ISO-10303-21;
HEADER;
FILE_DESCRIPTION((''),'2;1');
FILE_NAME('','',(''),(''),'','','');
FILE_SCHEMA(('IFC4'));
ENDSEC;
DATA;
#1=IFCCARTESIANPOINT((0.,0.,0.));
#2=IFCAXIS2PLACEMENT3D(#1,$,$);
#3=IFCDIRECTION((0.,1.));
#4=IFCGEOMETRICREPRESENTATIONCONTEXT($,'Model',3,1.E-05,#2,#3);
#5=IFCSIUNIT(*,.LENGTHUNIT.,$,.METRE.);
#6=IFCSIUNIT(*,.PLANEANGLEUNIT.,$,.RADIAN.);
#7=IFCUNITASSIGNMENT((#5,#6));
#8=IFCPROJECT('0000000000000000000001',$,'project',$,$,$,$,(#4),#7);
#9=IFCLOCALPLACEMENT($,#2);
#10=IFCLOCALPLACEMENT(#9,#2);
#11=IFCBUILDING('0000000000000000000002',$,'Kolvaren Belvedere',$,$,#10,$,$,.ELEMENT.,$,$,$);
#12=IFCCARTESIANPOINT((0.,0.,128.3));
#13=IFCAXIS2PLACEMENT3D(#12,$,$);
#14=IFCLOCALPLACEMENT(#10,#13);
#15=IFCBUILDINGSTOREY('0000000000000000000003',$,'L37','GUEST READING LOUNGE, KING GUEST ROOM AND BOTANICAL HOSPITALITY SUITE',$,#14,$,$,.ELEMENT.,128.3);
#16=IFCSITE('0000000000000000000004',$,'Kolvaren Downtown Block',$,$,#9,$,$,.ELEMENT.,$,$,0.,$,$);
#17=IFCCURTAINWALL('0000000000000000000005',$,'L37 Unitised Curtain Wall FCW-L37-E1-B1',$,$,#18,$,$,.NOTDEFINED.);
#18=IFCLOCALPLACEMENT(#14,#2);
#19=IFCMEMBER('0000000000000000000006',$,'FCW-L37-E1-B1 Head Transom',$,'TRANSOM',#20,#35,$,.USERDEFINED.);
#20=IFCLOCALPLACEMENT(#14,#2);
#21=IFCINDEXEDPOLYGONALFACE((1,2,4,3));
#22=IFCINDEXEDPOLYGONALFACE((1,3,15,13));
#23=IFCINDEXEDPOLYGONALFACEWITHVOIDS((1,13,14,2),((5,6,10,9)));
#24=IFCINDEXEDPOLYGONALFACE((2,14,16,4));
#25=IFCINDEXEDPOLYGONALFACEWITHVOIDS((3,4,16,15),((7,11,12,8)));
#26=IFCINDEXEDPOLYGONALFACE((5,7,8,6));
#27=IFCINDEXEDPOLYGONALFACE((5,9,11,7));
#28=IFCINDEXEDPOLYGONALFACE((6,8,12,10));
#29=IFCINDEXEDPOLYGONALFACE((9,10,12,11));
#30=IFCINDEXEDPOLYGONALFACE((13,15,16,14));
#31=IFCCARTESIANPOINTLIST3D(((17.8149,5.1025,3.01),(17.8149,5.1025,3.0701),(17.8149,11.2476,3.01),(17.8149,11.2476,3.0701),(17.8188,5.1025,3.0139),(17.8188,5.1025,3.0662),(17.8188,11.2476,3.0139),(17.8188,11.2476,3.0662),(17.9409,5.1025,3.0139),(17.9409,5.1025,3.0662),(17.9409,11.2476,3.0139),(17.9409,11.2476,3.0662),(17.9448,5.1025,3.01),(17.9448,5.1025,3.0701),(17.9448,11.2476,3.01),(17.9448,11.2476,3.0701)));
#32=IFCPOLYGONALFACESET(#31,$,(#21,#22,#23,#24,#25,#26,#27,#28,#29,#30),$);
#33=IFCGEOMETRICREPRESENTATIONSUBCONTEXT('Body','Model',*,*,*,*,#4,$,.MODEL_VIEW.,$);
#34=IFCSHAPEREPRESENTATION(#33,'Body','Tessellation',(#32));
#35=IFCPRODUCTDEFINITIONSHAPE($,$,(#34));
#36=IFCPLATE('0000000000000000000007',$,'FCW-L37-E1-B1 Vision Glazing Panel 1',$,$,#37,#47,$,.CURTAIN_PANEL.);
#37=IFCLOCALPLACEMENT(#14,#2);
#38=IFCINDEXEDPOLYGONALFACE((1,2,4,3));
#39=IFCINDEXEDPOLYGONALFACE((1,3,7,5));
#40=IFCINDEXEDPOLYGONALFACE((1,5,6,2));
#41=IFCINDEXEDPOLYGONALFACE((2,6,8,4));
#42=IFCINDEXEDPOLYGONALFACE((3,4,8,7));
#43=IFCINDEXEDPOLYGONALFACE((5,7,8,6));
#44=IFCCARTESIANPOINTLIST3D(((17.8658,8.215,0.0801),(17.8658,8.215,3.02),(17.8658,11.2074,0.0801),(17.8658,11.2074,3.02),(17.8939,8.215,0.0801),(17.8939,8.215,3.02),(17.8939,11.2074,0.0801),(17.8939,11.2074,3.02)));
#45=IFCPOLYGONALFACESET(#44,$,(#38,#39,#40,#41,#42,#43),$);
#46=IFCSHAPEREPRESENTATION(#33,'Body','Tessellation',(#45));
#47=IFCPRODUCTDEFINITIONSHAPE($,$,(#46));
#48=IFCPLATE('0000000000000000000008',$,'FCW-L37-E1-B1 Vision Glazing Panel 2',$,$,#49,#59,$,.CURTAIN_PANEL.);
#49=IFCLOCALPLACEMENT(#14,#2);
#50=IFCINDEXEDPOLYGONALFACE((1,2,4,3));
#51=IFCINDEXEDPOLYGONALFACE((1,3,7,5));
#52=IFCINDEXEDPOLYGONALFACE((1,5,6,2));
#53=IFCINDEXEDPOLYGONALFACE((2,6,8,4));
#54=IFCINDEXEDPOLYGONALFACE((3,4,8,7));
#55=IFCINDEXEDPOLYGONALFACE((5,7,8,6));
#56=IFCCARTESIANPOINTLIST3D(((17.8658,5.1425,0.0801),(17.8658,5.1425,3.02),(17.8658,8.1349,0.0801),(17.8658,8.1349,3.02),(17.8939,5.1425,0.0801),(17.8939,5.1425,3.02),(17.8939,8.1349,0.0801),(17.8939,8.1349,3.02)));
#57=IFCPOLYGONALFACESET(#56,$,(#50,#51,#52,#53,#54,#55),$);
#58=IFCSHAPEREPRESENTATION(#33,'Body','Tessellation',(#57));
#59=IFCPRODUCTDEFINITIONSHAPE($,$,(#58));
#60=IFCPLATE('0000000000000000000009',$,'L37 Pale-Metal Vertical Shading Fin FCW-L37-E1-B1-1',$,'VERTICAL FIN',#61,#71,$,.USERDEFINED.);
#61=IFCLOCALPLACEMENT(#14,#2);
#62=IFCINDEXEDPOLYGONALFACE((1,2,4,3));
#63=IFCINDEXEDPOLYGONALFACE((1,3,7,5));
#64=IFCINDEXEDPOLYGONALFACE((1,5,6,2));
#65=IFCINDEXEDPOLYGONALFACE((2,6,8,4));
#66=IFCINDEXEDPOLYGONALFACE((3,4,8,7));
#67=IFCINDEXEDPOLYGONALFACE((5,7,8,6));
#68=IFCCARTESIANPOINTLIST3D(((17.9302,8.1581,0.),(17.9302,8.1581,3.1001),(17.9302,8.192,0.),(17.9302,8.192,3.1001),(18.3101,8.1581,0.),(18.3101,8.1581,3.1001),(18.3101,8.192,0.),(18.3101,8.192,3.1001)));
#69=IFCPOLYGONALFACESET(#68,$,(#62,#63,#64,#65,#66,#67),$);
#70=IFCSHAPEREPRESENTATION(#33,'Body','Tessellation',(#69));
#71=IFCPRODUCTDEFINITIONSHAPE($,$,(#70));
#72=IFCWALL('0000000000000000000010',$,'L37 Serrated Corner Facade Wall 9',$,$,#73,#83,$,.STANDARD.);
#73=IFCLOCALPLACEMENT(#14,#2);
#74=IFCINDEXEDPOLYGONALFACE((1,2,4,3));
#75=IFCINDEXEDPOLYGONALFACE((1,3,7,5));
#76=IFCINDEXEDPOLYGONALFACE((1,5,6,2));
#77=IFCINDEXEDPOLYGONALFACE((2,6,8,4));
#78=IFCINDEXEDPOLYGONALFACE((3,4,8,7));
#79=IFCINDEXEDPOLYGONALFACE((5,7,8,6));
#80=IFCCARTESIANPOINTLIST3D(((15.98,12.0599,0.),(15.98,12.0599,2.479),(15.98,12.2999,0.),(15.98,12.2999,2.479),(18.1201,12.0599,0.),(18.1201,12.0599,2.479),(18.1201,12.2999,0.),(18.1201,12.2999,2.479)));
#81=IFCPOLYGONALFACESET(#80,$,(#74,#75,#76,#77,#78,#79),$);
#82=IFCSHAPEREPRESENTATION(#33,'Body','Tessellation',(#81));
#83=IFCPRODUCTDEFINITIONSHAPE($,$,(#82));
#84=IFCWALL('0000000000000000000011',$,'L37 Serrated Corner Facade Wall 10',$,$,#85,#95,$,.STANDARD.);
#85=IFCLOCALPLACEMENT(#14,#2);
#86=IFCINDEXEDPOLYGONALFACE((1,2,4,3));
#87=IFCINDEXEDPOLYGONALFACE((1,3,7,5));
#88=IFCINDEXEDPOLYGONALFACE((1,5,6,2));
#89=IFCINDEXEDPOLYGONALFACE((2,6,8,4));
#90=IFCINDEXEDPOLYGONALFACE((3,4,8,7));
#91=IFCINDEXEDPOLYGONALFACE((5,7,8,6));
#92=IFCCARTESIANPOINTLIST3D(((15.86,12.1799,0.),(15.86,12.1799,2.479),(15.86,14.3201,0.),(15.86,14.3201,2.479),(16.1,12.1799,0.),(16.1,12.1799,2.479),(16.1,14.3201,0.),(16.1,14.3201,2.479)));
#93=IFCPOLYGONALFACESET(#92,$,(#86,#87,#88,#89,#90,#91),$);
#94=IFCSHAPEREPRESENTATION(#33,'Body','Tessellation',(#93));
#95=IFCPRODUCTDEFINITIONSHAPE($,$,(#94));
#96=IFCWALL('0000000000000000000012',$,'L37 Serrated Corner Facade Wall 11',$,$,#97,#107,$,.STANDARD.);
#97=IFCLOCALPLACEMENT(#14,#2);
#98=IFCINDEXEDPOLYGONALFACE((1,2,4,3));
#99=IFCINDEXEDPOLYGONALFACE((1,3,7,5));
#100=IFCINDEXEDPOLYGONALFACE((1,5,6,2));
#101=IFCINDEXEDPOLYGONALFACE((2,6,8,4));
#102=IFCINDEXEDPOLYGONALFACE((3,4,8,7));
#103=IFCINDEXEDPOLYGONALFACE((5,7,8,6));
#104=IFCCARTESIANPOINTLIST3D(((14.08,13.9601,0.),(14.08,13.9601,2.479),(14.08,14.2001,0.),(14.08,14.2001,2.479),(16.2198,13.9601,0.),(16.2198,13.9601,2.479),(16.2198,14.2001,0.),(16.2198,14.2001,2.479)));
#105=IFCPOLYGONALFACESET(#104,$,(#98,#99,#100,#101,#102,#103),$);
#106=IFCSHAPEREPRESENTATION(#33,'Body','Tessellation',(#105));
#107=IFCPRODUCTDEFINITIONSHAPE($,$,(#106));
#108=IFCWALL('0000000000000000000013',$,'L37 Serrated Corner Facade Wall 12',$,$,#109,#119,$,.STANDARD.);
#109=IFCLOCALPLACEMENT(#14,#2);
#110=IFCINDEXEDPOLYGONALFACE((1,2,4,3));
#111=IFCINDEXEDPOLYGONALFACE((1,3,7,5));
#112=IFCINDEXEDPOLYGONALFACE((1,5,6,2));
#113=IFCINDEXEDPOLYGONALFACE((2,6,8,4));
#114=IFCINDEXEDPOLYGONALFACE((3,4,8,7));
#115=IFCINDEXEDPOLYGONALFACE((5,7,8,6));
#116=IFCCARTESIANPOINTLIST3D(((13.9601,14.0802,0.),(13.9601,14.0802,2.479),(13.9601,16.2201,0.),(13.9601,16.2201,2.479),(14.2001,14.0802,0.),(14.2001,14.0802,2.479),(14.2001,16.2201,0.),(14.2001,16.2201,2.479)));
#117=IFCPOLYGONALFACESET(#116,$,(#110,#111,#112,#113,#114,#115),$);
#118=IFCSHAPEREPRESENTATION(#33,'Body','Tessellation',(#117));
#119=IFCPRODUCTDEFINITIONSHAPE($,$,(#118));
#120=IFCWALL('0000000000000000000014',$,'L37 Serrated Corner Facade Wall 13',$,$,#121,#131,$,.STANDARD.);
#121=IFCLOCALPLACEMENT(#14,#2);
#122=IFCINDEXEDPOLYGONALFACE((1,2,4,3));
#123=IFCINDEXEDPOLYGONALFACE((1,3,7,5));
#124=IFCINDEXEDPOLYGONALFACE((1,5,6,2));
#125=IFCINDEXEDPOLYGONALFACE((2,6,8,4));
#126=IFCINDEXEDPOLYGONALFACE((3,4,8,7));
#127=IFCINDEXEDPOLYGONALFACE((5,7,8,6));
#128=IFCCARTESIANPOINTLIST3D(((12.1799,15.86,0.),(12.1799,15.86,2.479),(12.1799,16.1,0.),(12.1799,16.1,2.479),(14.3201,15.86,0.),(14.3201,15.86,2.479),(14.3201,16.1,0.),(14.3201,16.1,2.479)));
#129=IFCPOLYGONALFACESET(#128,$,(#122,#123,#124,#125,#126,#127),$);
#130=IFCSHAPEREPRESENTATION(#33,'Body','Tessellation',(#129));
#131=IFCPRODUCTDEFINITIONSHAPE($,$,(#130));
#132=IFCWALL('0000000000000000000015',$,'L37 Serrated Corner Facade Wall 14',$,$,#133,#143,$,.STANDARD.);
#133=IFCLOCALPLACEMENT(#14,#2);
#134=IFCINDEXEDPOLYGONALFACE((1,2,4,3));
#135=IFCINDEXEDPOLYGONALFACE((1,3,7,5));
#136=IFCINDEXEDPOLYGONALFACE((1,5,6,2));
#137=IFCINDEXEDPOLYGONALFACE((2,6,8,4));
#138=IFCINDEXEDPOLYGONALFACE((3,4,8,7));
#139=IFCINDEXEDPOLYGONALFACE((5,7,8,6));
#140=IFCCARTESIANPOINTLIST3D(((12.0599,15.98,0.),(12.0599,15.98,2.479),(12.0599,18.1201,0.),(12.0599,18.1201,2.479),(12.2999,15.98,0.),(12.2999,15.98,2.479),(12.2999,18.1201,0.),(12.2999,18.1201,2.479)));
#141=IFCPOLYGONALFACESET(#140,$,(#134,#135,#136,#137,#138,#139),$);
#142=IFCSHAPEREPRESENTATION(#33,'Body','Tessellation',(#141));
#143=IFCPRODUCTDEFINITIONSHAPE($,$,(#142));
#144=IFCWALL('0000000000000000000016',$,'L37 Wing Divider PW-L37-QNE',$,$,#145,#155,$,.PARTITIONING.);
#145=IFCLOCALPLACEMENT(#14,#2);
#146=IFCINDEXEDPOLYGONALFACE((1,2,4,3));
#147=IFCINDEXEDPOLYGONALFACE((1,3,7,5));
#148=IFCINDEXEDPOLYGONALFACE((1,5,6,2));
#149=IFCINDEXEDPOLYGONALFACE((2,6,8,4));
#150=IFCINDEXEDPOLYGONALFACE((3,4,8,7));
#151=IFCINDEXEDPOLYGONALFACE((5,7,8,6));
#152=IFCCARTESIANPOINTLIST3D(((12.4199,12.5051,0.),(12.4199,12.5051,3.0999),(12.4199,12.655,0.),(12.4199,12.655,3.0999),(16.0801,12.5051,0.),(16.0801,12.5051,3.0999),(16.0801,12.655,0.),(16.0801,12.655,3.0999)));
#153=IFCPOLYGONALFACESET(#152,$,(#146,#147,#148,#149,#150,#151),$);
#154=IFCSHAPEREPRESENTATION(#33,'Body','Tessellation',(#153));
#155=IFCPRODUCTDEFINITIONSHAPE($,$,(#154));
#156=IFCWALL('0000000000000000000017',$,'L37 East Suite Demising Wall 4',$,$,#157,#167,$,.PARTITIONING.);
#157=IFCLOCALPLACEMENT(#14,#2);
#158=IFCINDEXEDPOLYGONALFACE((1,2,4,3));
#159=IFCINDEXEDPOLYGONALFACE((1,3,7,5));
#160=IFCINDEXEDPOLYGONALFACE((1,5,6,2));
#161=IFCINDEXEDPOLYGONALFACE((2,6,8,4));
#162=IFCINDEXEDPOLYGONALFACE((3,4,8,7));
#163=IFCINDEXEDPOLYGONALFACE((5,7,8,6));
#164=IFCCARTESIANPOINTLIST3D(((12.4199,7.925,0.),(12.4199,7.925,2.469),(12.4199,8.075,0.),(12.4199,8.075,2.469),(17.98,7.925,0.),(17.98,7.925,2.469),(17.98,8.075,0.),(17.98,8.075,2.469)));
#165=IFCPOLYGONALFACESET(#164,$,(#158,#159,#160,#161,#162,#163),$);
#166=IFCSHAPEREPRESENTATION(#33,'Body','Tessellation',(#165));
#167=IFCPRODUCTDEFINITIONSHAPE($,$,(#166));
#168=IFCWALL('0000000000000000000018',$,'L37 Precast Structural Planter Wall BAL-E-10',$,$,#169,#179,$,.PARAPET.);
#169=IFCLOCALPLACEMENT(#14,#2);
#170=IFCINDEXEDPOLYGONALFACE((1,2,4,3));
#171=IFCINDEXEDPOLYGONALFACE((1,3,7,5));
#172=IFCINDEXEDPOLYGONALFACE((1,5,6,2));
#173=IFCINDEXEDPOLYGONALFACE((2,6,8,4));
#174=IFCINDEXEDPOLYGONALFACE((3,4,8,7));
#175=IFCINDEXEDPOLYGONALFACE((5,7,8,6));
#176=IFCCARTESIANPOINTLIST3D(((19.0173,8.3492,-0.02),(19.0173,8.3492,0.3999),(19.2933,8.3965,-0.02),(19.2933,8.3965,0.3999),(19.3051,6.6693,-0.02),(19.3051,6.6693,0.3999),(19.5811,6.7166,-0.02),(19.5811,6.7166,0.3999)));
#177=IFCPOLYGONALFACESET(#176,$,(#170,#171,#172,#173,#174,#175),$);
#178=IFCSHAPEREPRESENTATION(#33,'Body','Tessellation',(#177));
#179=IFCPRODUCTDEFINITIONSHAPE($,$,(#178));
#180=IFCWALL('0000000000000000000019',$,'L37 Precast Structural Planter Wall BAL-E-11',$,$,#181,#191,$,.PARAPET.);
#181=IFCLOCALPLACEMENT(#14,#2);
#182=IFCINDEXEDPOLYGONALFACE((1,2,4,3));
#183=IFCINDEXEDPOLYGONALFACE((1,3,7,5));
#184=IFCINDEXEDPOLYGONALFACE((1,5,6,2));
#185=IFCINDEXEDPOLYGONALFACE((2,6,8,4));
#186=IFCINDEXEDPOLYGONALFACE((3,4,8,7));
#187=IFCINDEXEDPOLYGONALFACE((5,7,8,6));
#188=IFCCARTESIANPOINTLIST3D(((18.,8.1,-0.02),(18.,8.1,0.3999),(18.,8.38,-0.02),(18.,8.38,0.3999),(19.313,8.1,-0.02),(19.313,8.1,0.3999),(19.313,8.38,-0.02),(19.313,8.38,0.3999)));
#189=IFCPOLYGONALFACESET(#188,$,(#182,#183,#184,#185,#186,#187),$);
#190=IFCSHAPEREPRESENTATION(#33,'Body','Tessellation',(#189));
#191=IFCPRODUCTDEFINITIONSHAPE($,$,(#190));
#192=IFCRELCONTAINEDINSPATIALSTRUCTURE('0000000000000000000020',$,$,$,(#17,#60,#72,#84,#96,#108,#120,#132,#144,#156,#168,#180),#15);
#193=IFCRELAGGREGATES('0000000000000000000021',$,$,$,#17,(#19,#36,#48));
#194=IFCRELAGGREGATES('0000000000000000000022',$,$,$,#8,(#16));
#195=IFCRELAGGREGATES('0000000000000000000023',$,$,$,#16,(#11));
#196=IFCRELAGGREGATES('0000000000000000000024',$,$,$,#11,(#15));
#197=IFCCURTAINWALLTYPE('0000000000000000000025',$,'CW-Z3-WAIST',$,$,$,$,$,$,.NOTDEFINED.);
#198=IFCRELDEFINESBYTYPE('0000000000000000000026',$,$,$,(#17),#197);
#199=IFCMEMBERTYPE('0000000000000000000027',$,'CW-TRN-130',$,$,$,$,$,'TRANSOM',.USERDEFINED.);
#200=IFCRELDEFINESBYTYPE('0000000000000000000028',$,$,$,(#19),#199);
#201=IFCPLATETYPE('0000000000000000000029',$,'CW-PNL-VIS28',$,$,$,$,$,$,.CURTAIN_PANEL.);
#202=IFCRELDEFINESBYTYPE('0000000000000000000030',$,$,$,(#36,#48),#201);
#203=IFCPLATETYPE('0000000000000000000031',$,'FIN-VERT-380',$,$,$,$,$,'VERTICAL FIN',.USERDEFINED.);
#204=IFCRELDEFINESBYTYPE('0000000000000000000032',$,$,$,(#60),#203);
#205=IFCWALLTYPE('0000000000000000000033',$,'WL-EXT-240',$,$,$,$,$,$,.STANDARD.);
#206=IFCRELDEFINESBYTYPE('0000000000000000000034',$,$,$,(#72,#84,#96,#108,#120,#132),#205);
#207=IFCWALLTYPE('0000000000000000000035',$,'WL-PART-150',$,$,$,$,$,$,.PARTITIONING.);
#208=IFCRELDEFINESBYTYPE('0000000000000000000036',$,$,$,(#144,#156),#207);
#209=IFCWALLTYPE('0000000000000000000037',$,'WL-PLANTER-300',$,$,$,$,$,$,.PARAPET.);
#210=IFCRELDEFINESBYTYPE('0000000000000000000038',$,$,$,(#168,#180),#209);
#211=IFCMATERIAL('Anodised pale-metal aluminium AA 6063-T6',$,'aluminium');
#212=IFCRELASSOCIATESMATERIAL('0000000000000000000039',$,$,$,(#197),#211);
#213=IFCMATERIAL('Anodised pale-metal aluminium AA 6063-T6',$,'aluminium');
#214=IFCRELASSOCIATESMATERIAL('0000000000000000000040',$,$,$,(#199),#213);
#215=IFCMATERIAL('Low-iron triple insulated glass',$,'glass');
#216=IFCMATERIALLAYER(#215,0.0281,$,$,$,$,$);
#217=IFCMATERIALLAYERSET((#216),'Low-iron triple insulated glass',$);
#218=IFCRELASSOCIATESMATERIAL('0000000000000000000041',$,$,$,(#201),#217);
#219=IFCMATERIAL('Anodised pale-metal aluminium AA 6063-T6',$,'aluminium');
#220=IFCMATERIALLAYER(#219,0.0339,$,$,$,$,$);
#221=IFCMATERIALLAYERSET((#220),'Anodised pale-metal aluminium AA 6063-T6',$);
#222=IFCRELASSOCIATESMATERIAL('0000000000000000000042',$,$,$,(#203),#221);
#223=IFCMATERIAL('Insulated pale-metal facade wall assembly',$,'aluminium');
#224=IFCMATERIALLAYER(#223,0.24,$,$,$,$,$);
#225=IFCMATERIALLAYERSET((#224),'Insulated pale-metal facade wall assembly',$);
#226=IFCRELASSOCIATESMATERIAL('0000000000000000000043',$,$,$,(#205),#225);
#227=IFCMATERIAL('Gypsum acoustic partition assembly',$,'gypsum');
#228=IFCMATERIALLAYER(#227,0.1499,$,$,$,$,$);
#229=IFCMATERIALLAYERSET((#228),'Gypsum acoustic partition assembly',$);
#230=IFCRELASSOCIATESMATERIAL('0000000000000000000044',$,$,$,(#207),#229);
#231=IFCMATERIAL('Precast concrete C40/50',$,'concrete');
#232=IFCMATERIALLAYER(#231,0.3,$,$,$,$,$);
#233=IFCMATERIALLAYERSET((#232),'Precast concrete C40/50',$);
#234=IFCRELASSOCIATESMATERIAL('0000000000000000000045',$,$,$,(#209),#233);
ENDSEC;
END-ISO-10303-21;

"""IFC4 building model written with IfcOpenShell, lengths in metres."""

from ifc_helpers import new_model, si_unit, direction, frame, frame_2d, origin, origin_2d, place, context, subcontext, project, spatial, rectangle, hollow_rectangle, extrude, material, layer, layer_set, material_profile, profile_set, type_object, element, aggregate, save


model = new_model("IFC4")

# Units and contexts
model_context = context("Model", 3, precision=1e-05, world=origin(), true_north=direction((0.0, 1.0)))
body_context = subcontext(model_context, "Body", "Model", "MODEL_VIEW")
ifc_project = project(units=[si_unit("LENGTHUNIT", "METRE"), si_unit("PLANEANGLEUNIT", "RADIAN")], contexts=[model_context])

# Site, building, storey
site_placement = place(None, origin())
site = spatial("IfcSite", under=ifc_project, at=site_placement, Name="Kolvaren Downtown Block", CompositionType="ELEMENT", RefElevation=0.0)
building_placement = place(site_placement, origin())
building = spatial("IfcBuilding", under=site, at=building_placement, Name="Kolvaren Belvedere", CompositionType="ELEMENT")
storey_placement = place(building_placement, frame((0.0, 0.0, 128.3)))
storey = spatial("IfcBuildingStorey", under=building, at=storey_placement, Name="L37", Description="GUEST READING LOUNGE, KING GUEST ROOM AND BOTANICAL HOSPITALITY SUITE", CompositionType="ELEMENT", Elevation=128.3)

# Curtain wall
ifc_material_1 = material(Name="Anodised pale-metal aluminium AA 6063-T6", Category="aluminium")
curtain_wall_type = type_object("IfcCurtainWallType", Name="CW-Z3-WAIST", PredefinedType="NOTDEFINED", material=ifc_material_1)
curtain_wall_1_placement = place(storey_placement, origin())
curtain_wall_1 = element("IfcCurtainWall", 1, at=curtain_wall_1_placement, inside=storey, type_object=curtain_wall_type, Name="L37 Unitised Curtain Wall FCW-L37-E1-B1", PredefinedType="NOTDEFINED")

# Member
ifc_material_2 = material(Name="Anodised pale-metal aluminium AA 6063-T6", Category="aluminium")
ifc_material_profile_1 = material_profile(ifc_material_2, hollow_rectangle(XDim=0.0601, YDim=0.1299, WallThickness=0.0039, at=origin_2d()), Name="ALU-TRN-130X60")
ifc_profile_set_1 = profile_set([ifc_material_profile_1], Name="Anodised pale-metal aluminium AA 6063-T6")
member_type_1 = type_object("IfcMemberType", Name="CW-TRN-130", ElementType="TRANSOM", PredefinedType="USERDEFINED", material=ifc_profile_set_1)
member_1_placement = place(storey_placement, frame((17.8799, 11.2476, 3.04), z_axis=(0.0, -1.0, 0.0), x_axis=(0.0, 0.0, 1.0)))
member_1 = element("IfcMember", 2, at=member_1_placement, type_object=member_type_1, Name="FCW-L37-E1-B1 Head Transom", ObjectType="TRANSOM", PredefinedType="USERDEFINED", context=body_context, shape_type="SweptSolid", body=[
    extrude(hollow_rectangle(XDim=0.0601, YDim=0.1299, WallThickness=0.0039, at=origin_2d()), origin(), (0.0, 0.0, 1.0), 6.145),
])

# Plates
ifc_material_3 = material(Name="Low-iron triple insulated glass", Category="glass")
ifc_layer_1 = layer(ifc_material_3, 0.0281)
ifc_layer_set_1 = layer_set([ifc_layer_1], Name="Low-iron triple insulated glass")
plate_type_1 = type_object("IfcPlateType", Name="CW-PNL-VIS28", PredefinedType="CURTAIN_PANEL", material=ifc_layer_set_1)
plate_1_placement = place(storey_placement, frame((17.8799, 9.7112, 0.0801), z_axis=(0.0, 0.0, 1.0), x_axis=(0.0, -1.0, 0.0)))
plate_1 = element("IfcPlate", 3, at=plate_1_placement, type_object=plate_type_1, Name="FCW-L37-E1-B1 Vision Glazing Panel 1", PredefinedType="CURTAIN_PANEL", context=body_context, shape_type="SweptSolid", body=[
    extrude(rectangle(XDim=2.9924, YDim=0.0281, at=origin_2d()), origin(), (0.0, 0.0, 1.0), 2.9399),
])
plate_2_placement = place(storey_placement, frame((17.8799, 6.6387, 0.0801), z_axis=(0.0, 0.0, 1.0), x_axis=(0.0, -1.0, 0.0)))
plate_2 = element("IfcPlate", 4, at=plate_2_placement, type_object=plate_type_1, Name="FCW-L37-E1-B1 Vision Glazing Panel 2", PredefinedType="CURTAIN_PANEL", context=body_context, shape_type="SweptSolid", body=[
    extrude(rectangle(XDim=2.9924, YDim=0.0281, at=origin_2d()), origin(), (0.0, 0.0, 1.0), 2.9399),
])
aggregate(curtain_wall_1, [member_1, plate_1, plate_2])
ifc_material_4 = material(Name="Anodised pale-metal aluminium AA 6063-T6", Category="aluminium")
ifc_layer_2 = layer(ifc_material_4, 0.0339)
ifc_layer_set_2 = layer_set([ifc_layer_2], Name="Anodised pale-metal aluminium AA 6063-T6")
plate_type_2 = type_object("IfcPlateType", Name="FIN-VERT-380", ElementType="VERTICAL FIN", PredefinedType="USERDEFINED", material=ifc_layer_set_2)
plate_3_placement = place(storey_placement, frame((18.1201, 8.175, 0.0), z_axis=(0.0, 0.0, 1.0), x_axis=(1.0, 0.0, 0.0)))
element("IfcPlate", 5, at=plate_3_placement, inside=storey, type_object=plate_type_2, Name="L37 Pale-Metal Vertical Shading Fin FCW-L37-E1-B1-1", ObjectType="VERTICAL FIN", PredefinedType="USERDEFINED", context=body_context, shape_type="SweptSolid", body=[
    extrude(rectangle(XDim=0.3799, YDim=0.0339, at=origin_2d()), origin(), (0.0, 0.0, 1.0), 3.1001),
])

# Walls
ifc_material_5 = material(Name="Insulated pale-metal facade wall assembly", Category="aluminium")
ifc_layer_3 = layer(ifc_material_5, 0.24)
ifc_layer_set_3 = layer_set([ifc_layer_3], Name="Insulated pale-metal facade wall assembly")
wall_type_1 = type_object("IfcWallType", Name="WL-EXT-240", PredefinedType="STANDARD", material=ifc_layer_set_3)
for number, where, z_axis, x_axis, name in (
    (6, (15.98, 12.1799, 0.0), (0.0, 0.0, 1.0), (1.0, 0.0, 0.0), "L37 Serrated Corner Facade Wall 9"),
    (7, (15.98, 14.3201, 0.0), (0.0, 0.0, 1.0), (0.0, -1.0, 0.0), "L37 Serrated Corner Facade Wall 10"),
):
    element("IfcWall", number, at=place(storey_placement, frame(where, z_axis=z_axis, x_axis=x_axis)), inside=storey, type_object=wall_type_1, Name=name, PredefinedType="STANDARD", context=body_context, shape_type="SweptSolid", body=[
        extrude(rectangle(XDim=2.1401, YDim=0.24, at=frame_2d((1.0701, 0.0))), origin(), (0.0, 0.0, 1.0), 2.479),
    ])
for number, where, z_axis, x_axis, name in (
    (8, (14.0801, 14.0801, 0.0), (0.0, 0.0, 1.0), (1.0, 0.0, 0.0), "L37 Serrated Corner Facade Wall 11"),
    (9, (14.0801, 16.22, 0.0), (0.0, 0.0, 1.0), (0.0, -1.0, 0.0), "L37 Serrated Corner Facade Wall 12"),
):
    element("IfcWall", number, at=place(storey_placement, frame(where, z_axis=z_axis, x_axis=x_axis)), inside=storey, type_object=wall_type_1, Name=name, PredefinedType="STANDARD", context=body_context, shape_type="SweptSolid", body=[
        extrude(rectangle(XDim=2.1399, YDim=0.24, at=frame_2d((1.0698, 0.0))), origin(), (0.0, 0.0, 1.0), 2.479),
    ])
for number, where, z_axis, x_axis, name in (
    (10, (12.1799, 15.98, 0.0), (0.0, 0.0, 1.0), (1.0, 0.0, 0.0), "L37 Serrated Corner Facade Wall 13"),
    (11, (12.1799, 18.1201, 0.0), (0.0, 0.0, 1.0), (0.0, -1.0, 0.0), "L37 Serrated Corner Facade Wall 14"),
):
    element("IfcWall", number, at=place(storey_placement, frame(where, z_axis=z_axis, x_axis=x_axis)), inside=storey, type_object=wall_type_1, Name=name, PredefinedType="STANDARD", context=body_context, shape_type="SweptSolid", body=[
        extrude(rectangle(XDim=2.1401, YDim=0.24, at=frame_2d((1.0701, 0.0))), origin(), (0.0, 0.0, 1.0), 2.479),
    ])
ifc_material_6 = material(Name="Gypsum acoustic partition assembly", Category="gypsum")
ifc_layer_4 = layer(ifc_material_6, 0.1499)
ifc_layer_set_4 = layer_set([ifc_layer_4], Name="Gypsum acoustic partition assembly")
wall_type_2 = type_object("IfcWallType", Name="WL-PART-150", PredefinedType="PARTITIONING", material=ifc_layer_set_4)
wall_1_placement = place(storey_placement, frame((12.4199, 12.5801, 0.0), z_axis=(0.0, 0.0, 1.0), x_axis=(1.0, 0.0, 0.0)))
element("IfcWall", 12, at=wall_1_placement, inside=storey, type_object=wall_type_2, Name="L37 Wing Divider PW-L37-QNE", PredefinedType="PARTITIONING", context=body_context, shape_type="SweptSolid", body=[
    extrude(rectangle(XDim=3.6602, YDim=0.1499, at=frame_2d((1.8301, 0.0))), origin(), (0.0, 0.0, 1.0), 3.0999),
])
wall_2_placement = place(storey_placement, frame((12.4199, 8.0, 0.0), z_axis=(0.0, 0.0, 1.0), x_axis=(1.0, 0.0, 0.0)))
element("IfcWall", 13, at=wall_2_placement, inside=storey, type_object=wall_type_2, Name="L37 East Suite Demising Wall 4", PredefinedType="PARTITIONING", context=body_context, shape_type="SweptSolid", body=[
    extrude(rectangle(XDim=5.5601, YDim=0.1499, at=frame_2d((2.78, 0.0))), origin(), (0.0, 0.0, 1.0), 2.469),
])
ifc_material_7 = material(Name="Precast concrete C40/50", Category="concrete")
ifc_layer_5 = layer(ifc_material_7, 0.3)
ifc_layer_set_5 = layer_set([ifc_layer_5], Name="Precast concrete C40/50")
wall_type_3 = type_object("IfcWallType", Name="WL-PLANTER-300", PredefinedType="PARAPET", material=ifc_layer_set_5)
wall_3_placement = place(storey_placement, frame((19.4431, 6.6931, -0.02), z_axis=(0.0, 0.0, 1.0), x_axis=(-0.16888, 0.985637, 0.0)))
element("IfcWall", 14, at=wall_3_placement, inside=storey, type_object=wall_type_3, Name="L37 Precast Structural Planter Wall BAL-E-10", PredefinedType="PARAPET", context=body_context, shape_type="SweptSolid", body=[
    extrude(rectangle(XDim=1.7043, YDim=0.28, at=frame_2d((0.8521, 0.0))), origin(), (0.0, 0.0, 1.0), 0.4199),
])
wall_4_placement = place(storey_placement, frame((19.313, 8.24, -0.02), z_axis=(0.0, 0.0, 1.0), x_axis=(-1.0, 0.0, 0.0)))
element("IfcWall", 15, at=wall_4_placement, inside=storey, type_object=wall_type_3, Name="L37 Precast Structural Planter Wall BAL-E-11", PredefinedType="PARAPET", context=body_context, shape_type="SweptSolid", body=[
    extrude(rectangle(XDim=1.313, YDim=0.28, at=frame_2d((0.6565, 0.0))), origin(), (0.0, 0.0, 1.0), 0.4199),
])

save(model, "model.ifc")
